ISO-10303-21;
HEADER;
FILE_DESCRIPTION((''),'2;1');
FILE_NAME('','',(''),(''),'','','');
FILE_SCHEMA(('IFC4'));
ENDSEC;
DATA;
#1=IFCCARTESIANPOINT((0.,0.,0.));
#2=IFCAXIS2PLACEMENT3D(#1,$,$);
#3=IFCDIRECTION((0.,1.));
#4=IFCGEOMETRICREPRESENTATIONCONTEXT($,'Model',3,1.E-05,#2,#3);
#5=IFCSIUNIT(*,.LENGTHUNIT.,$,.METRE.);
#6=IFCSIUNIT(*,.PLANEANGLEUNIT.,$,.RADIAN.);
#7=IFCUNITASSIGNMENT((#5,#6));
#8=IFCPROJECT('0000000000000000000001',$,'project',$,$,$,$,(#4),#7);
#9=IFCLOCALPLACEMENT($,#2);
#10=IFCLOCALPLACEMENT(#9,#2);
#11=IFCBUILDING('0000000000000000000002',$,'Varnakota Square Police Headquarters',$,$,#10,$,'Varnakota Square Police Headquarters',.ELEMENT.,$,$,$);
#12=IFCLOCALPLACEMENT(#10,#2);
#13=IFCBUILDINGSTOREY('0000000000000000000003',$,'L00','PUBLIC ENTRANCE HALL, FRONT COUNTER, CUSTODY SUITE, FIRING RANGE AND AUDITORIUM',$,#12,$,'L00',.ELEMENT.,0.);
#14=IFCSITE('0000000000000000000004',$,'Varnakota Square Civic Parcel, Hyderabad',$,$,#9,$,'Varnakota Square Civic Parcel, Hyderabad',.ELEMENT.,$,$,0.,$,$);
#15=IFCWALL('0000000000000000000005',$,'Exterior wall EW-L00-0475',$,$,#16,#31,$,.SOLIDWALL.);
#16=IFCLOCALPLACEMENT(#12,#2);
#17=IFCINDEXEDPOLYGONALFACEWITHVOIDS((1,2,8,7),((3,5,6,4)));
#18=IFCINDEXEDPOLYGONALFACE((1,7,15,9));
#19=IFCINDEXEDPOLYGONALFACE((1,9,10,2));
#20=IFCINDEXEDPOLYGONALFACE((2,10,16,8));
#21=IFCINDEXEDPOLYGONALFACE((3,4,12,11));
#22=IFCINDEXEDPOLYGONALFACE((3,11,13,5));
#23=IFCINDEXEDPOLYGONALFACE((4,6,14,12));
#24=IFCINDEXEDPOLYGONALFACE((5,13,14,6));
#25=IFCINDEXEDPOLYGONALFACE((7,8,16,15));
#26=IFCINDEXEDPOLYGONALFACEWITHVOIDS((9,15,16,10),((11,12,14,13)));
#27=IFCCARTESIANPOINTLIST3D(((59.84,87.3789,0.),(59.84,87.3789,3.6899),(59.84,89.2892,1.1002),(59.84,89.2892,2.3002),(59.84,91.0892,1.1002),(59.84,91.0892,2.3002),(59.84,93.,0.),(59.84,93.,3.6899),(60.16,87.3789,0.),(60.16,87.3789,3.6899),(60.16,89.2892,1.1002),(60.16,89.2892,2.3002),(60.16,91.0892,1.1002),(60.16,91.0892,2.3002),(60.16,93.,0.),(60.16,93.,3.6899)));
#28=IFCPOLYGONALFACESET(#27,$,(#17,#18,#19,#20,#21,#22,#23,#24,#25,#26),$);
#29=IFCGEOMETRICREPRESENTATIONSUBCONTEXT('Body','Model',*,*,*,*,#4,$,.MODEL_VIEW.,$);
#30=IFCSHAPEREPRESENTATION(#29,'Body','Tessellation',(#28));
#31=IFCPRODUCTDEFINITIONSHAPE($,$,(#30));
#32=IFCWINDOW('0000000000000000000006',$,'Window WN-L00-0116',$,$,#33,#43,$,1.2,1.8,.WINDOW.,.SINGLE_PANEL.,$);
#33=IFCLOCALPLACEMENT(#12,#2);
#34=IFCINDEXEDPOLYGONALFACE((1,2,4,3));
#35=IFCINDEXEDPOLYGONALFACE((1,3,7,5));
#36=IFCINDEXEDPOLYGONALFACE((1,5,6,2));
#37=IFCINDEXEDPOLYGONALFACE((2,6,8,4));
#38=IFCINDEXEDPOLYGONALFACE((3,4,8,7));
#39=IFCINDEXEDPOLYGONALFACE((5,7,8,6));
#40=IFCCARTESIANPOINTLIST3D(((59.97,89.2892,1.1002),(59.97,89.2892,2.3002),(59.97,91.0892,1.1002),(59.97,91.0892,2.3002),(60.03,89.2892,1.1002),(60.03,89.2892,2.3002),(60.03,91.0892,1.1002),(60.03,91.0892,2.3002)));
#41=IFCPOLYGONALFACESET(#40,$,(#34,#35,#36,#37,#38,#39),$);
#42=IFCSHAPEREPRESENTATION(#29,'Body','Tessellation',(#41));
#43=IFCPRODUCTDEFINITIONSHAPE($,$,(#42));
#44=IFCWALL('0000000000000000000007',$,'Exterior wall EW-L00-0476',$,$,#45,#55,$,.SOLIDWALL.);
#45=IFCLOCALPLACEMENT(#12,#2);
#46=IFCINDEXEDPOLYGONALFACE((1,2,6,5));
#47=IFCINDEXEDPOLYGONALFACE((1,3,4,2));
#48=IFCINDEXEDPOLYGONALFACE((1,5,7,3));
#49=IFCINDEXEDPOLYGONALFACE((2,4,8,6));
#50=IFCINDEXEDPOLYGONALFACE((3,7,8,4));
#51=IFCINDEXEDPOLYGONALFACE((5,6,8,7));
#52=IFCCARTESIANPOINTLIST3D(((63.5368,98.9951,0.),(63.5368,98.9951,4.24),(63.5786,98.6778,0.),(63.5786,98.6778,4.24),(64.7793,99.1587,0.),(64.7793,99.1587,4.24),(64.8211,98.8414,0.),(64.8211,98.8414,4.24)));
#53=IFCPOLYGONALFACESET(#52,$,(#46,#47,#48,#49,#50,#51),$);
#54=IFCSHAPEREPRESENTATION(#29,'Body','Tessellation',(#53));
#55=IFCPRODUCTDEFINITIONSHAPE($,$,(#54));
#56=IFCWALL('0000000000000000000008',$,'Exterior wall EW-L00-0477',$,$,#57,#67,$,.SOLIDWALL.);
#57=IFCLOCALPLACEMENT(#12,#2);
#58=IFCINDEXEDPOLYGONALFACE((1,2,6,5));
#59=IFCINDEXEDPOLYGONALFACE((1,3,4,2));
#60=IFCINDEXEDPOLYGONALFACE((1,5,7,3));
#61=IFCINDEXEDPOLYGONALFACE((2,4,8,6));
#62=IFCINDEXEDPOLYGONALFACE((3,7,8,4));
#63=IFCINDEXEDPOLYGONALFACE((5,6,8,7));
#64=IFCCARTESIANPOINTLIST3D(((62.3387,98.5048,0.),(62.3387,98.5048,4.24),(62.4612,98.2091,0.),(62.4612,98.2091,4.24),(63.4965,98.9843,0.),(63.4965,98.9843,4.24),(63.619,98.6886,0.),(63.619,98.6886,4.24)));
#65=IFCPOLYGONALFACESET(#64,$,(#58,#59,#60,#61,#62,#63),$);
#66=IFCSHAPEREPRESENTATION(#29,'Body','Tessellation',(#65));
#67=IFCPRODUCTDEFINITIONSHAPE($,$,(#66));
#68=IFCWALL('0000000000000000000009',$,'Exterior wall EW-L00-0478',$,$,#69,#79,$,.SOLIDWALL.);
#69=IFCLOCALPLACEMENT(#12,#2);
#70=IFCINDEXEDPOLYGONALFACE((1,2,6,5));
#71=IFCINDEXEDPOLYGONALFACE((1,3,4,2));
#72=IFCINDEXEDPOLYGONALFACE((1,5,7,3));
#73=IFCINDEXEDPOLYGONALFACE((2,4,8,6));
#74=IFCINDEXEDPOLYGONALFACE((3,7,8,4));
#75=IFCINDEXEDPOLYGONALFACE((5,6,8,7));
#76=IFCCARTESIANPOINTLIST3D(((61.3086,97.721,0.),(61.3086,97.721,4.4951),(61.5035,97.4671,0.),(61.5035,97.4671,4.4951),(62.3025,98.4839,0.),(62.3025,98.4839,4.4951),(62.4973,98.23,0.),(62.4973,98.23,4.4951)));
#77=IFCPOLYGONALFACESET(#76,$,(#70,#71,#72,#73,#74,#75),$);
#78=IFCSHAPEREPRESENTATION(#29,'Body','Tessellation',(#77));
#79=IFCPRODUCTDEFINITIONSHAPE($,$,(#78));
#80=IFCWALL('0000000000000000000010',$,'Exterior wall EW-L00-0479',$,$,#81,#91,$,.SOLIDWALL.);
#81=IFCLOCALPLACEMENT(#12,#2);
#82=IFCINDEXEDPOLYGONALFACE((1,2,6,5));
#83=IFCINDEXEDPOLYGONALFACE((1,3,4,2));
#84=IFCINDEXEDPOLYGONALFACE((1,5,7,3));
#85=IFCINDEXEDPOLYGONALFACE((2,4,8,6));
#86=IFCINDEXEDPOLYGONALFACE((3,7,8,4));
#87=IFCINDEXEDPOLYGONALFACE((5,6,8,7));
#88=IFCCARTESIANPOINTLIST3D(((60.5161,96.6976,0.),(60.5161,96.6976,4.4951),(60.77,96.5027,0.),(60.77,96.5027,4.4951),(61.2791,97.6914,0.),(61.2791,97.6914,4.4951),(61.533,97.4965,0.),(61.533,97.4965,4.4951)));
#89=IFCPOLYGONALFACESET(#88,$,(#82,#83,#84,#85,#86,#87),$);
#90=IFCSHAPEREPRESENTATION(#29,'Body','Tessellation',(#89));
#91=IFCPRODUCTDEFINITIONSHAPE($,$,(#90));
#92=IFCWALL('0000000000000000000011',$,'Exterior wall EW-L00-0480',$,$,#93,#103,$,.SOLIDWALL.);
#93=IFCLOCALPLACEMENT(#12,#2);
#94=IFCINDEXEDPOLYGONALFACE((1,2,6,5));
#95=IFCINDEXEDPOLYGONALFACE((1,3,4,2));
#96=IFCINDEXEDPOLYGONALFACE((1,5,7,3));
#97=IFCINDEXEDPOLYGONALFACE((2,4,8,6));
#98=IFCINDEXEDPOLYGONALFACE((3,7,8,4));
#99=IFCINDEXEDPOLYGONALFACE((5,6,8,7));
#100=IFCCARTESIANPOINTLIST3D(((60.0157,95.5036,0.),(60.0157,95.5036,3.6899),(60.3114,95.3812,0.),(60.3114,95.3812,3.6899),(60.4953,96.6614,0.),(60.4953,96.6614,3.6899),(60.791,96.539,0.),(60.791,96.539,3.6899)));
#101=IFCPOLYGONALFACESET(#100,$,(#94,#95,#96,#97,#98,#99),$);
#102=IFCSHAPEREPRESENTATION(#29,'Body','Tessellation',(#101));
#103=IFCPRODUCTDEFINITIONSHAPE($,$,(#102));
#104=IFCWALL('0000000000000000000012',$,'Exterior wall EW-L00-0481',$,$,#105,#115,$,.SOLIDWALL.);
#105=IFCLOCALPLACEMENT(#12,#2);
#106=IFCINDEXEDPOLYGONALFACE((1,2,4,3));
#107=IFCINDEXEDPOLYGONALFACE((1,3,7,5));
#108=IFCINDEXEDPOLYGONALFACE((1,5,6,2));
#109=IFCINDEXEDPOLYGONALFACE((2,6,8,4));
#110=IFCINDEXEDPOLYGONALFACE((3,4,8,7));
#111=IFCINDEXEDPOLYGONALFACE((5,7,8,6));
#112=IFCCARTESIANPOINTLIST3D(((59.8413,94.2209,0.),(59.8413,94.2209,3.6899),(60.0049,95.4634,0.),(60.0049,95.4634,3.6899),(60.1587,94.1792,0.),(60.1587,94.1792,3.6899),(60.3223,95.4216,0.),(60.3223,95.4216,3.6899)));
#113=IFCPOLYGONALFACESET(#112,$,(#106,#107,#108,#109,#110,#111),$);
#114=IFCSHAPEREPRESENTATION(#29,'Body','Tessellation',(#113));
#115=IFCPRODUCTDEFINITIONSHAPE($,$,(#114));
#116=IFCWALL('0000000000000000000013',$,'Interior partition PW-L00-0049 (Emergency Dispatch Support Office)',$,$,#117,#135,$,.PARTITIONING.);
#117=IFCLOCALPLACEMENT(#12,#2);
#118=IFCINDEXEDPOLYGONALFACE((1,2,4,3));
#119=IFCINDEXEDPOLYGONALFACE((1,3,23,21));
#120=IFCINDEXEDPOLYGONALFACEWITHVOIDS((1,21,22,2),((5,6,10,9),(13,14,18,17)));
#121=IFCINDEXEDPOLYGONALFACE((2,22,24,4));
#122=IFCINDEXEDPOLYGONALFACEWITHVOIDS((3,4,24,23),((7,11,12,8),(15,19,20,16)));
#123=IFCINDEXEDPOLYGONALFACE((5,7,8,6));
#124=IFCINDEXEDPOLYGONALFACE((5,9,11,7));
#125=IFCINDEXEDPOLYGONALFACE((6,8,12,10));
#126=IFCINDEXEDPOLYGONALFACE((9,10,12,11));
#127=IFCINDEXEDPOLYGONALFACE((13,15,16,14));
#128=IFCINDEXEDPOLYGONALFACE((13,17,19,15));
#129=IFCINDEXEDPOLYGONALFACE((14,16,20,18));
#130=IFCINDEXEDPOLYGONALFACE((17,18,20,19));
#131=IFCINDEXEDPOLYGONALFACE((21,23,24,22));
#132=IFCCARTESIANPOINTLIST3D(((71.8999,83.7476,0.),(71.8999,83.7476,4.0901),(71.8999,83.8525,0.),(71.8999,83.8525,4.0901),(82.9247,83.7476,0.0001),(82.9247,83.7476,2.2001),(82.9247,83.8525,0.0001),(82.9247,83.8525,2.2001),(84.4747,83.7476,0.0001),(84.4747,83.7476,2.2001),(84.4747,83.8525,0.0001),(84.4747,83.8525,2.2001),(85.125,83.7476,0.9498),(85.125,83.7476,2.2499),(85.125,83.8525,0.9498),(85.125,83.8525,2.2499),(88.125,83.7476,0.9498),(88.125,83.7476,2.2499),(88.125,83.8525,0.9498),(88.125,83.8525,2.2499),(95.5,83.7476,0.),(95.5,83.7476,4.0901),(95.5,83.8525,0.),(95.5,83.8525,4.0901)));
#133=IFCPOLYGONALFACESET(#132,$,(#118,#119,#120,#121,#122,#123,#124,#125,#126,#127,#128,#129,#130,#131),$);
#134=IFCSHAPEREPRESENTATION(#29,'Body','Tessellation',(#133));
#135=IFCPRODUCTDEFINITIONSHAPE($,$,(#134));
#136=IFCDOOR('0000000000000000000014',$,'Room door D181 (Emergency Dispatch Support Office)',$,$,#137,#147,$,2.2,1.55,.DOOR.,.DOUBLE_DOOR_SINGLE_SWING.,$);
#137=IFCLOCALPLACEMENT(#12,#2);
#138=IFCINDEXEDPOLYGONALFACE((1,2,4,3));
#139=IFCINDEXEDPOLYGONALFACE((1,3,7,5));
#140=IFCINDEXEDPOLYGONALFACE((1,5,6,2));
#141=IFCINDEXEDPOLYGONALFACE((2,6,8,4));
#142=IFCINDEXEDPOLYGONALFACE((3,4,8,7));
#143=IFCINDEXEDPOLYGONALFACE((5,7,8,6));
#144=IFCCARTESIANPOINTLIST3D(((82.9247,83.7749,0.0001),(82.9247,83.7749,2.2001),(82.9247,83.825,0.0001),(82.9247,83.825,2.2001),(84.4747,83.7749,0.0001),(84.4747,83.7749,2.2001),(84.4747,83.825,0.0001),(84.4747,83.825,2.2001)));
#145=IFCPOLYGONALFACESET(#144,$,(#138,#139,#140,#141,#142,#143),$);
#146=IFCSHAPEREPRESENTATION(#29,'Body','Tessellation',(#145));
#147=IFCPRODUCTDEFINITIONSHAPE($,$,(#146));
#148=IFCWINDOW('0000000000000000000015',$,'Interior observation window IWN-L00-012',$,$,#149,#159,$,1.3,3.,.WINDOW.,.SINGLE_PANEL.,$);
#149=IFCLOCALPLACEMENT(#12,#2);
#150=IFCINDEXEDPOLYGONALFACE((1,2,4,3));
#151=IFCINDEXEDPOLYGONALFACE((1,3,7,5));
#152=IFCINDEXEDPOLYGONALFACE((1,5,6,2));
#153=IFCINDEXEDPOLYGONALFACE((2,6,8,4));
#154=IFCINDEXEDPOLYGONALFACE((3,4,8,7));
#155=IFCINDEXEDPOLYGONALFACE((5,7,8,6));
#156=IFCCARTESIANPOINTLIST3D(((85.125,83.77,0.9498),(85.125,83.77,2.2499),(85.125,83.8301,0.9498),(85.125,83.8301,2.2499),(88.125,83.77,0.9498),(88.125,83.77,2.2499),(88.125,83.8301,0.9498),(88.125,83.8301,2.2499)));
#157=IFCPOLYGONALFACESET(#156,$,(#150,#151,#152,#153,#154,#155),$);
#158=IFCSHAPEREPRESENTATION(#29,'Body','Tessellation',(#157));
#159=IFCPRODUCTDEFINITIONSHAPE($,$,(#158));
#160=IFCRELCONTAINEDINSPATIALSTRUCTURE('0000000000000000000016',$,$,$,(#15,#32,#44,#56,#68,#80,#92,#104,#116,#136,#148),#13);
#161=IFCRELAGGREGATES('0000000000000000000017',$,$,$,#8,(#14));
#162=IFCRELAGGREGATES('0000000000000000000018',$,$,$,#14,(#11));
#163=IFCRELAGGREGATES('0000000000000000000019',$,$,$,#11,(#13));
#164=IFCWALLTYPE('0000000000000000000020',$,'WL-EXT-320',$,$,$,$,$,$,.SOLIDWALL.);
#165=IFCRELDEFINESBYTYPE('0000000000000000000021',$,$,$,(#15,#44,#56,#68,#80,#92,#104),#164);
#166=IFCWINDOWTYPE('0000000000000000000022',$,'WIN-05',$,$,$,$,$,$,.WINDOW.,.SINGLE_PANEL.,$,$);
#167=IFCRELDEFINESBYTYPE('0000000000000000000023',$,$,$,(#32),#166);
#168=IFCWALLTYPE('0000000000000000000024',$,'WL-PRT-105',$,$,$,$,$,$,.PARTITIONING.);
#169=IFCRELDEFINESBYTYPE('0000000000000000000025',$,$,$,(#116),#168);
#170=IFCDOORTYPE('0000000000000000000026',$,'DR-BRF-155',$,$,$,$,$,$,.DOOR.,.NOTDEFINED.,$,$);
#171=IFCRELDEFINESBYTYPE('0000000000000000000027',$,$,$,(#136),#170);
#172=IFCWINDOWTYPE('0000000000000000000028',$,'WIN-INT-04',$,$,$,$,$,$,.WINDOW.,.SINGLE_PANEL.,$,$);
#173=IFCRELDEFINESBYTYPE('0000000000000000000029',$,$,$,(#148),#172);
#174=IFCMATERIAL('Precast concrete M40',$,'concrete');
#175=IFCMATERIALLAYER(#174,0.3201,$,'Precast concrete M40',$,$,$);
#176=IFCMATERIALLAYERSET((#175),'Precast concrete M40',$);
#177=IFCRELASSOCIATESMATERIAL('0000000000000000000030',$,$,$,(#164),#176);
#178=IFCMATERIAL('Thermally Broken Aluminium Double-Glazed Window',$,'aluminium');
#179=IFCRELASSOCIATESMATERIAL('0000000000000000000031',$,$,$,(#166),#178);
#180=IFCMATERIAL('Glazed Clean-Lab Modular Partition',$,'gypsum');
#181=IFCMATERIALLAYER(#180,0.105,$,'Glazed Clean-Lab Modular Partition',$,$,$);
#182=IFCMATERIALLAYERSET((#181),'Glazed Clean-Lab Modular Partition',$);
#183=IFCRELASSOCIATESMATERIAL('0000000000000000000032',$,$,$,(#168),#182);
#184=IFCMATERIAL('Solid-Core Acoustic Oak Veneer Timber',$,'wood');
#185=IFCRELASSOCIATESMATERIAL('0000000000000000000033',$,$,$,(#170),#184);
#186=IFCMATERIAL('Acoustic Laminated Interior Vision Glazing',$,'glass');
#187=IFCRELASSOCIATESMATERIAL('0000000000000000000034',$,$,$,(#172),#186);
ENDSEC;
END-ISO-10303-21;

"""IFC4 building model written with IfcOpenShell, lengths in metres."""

from ifc_helpers import new_model, si_unit, direction, frame, frame_2d, origin, place, context, subcontext, project, spatial, rectangle, extrude, material, layer, layer_set, type_object, element, fill, save


model = new_model("IFC4")

# Units and contexts
model_context = context("Model", 3, precision=1e-05, world=origin(), true_north=direction((0.0, 1.0)))
body_context = subcontext(model_context, "Body", "Model", "MODEL_VIEW")
ifc_project = project(units=[si_unit("LENGTHUNIT", "METRE"), si_unit("PLANEANGLEUNIT", "RADIAN")], contexts=[model_context])

# Site, building, storey
site_placement = place(None, origin())
site = spatial("IfcSite", under=ifc_project, at=site_placement, Name="Varnakota Square Civic Parcel, Hyderabad", LongName="Varnakota Square Civic Parcel, Hyderabad", CompositionType="ELEMENT", RefElevation=0.0)
building_placement = place(site_placement, origin())
building = spatial("IfcBuilding", under=site, at=building_placement, Name="Varnakota Square Police Headquarters", LongName="Varnakota Square Police Headquarters", CompositionType="ELEMENT")
storey_placement = place(building_placement, origin())
storey = spatial("IfcBuildingStorey", under=building, at=storey_placement, Name="L00", Description="PUBLIC ENTRANCE HALL, FRONT COUNTER, CUSTODY SUITE, FIRING RANGE AND AUDITORIUM", LongName="L00", CompositionType="ELEMENT", Elevation=0.0)

# Wall, opening, window
ifc_material_1 = material(Name="Precast concrete M40", Category="concrete")
ifc_layer_1 = layer(ifc_material_1, 0.3201, Name="Precast concrete M40")
ifc_layer_set_1 = layer_set([ifc_layer_1], Name="Precast concrete M40")
wall_type_1 = type_object("IfcWallType", Name="WL-EXT-320", PredefinedType="SOLIDWALL", material=ifc_layer_set_1)
wall_1_placement = place(storey_placement, frame((60.0, 87.3789, 0.0), z_axis=(0.0, 0.0, 1.0), x_axis=(0.0, 1.0, 0.0)))
wall_1 = element("IfcWall", 1, at=wall_1_placement, inside=storey, type_object=wall_type_1, Name="Exterior wall EW-L00-0475", PredefinedType="SOLIDWALL", context=body_context, shape_type="SweptSolid", body=[
    extrude(rectangle(XDim=5.6211, YDim=0.3201, at=frame_2d((2.8105, 0.0))), origin(), (0.0, 0.0, 1.0), 3.6899),
])
opening_1_placement = place(wall_1_placement, frame((1.9104, 0.0, 1.1001)))
opening_1 = element("IfcOpeningElement", 2, at=opening_1_placement, cuts=wall_1, PredefinedType="OPENING", context=body_context, shape_type="SweptSolid", body=[
    extrude(rectangle(XDim=1.8, YDim=1.2, at=frame_2d((0.8999, 0.6001))), frame((0.0, 0.1699, 0.0), z_axis=(0.0, -1.0, 0.0), x_axis=(1.0, 0.0, 0.0)), (0.0, 0.0, 1.0), 0.3401),
])
ifc_material_2 = material(Name="Thermally Broken Aluminium Double-Glazed Window", Category="aluminium")
window_type_1 = type_object("IfcWindowType", Name="WIN-05", PartitioningType="SINGLE_PANEL", PredefinedType="WINDOW", material=ifc_material_2)
window_1_placement = place(opening_1_placement, origin())
window_1 = element("IfcWindow", 3, at=window_1_placement, inside=storey, type_object=window_type_1, Name="Window WN-L00-0116", OverallHeight=1.2, OverallWidth=1.8, PartitioningType="SINGLE_PANEL", PredefinedType="WINDOW", context=body_context, shape_type="SweptSolid", body=[
    extrude(rectangle(XDim=1.8, YDim=1.2, at=frame_2d((0.8999, 0.6001))), frame((0.0, 0.03, 0.0), z_axis=(0.0, -1.0, 0.0), x_axis=(1.0, 0.0, 0.0)), (0.0, 0.0, 1.0), 0.0601),
])
fill(opening_1, window_1)

# Walls
for number, where, z_axis, x_axis, name in (
    (4, (64.8, 99.0, 0.0), (0.0, 0.0, 1.0), (-0.991444, -0.13053, 0.0), "Exterior wall EW-L00-0476"),
    (5, (63.5576, 98.8364, 0.0), (0.0, 0.0, 1.0), (-0.923893, -0.38265, 0.0), "Exterior wall EW-L00-0477"),
):
    element("IfcWall", number, at=place(storey_placement, frame(where, z_axis=z_axis, x_axis=x_axis)), inside=storey, type_object=wall_type_1, Name=name, PredefinedType="SOLIDWALL", context=body_context, shape_type="SweptSolid", body=[
        extrude(rectangle(XDim=1.2532, YDim=0.3201, at=frame_2d((0.6265, 0.0))), origin(), (0.0, 0.0, 1.0), 4.24),
    ])
for number, where, z_axis, x_axis, name in (
    (6, (62.3999, 98.3569, 0.0), (0.0, 0.0, 1.0), (-0.793239, -0.60891, 0.0), "Exterior wall EW-L00-0478"),
    (7, (61.406, 97.594, 0.0), (0.0, 0.0, 1.0), (-0.60891, -0.793239, 0.0), "Exterior wall EW-L00-0479"),
):
    element("IfcWall", number, at=place(storey_placement, frame(where, z_axis=z_axis, x_axis=x_axis)), inside=storey, type_object=wall_type_1, Name=name, PredefinedType="SOLIDWALL", context=body_context, shape_type="SweptSolid", body=[
        extrude(rectangle(XDim=1.2529, YDim=0.3201, at=frame_2d((0.6265, 0.0))), origin(), (0.0, 0.0, 1.0), 4.4951),
    ])
for number, where, z_axis, x_axis, name in (
    (8, (60.6431, 96.6001, 0.0), (0.0, 0.0, 1.0), (-0.38265, -0.923893, 0.0), "Exterior wall EW-L00-0480"),
    (9, (60.1636, 95.4424, 0.0), (0.0, 0.0, 1.0), (-0.13053, -0.991444, 0.0), "Exterior wall EW-L00-0481"),
):
    element("IfcWall", number, at=place(storey_placement, frame(where, z_axis=z_axis, x_axis=x_axis)), inside=storey, type_object=wall_type_1, Name=name, PredefinedType="SOLIDWALL", context=body_context, shape_type="SweptSolid", body=[
        extrude(rectangle(XDim=1.2532, YDim=0.3201, at=frame_2d((0.6265, 0.0))), origin(), (0.0, 0.0, 1.0), 3.6899),
    ])

# Wall, openings, door, window
ifc_material_3 = material(Name="Glazed Clean-Lab Modular Partition", Category="gypsum")
ifc_layer_2 = layer(ifc_material_3, 0.105, Name="Glazed Clean-Lab Modular Partition")
ifc_layer_set_2 = layer_set([ifc_layer_2], Name="Glazed Clean-Lab Modular Partition")
wall_type_2 = type_object("IfcWallType", Name="WL-PRT-105", PredefinedType="PARTITIONING", material=ifc_layer_set_2)
wall_2_placement = place(storey_placement, frame((71.8999, 83.8, 0.0), z_axis=(0.0, 0.0, 1.0), x_axis=(1.0, 0.0, 0.0)))
wall_2 = element("IfcWall", 10, at=wall_2_placement, inside=storey, type_object=wall_type_2, Name="Interior partition PW-L00-0049 (Emergency Dispatch Support Office)", PredefinedType="PARTITIONING", context=body_context, shape_type="SweptSolid", body=[
    extrude(rectangle(XDim=23.6001, YDim=0.105, at=frame_2d((11.8, 0.0))), origin(), (0.0, 0.0, 1.0), 4.0901),
])
opening_2_placement = place(wall_2_placement, frame((11.0249, 0.0, 0.0)))
opening_2 = element("IfcOpeningElement", 11, at=opening_2_placement, cuts=wall_2, PredefinedType="OPENING", context=body_context, shape_type="SweptSolid", body=[
    extrude(rectangle(XDim=1.55, YDim=2.2, at=frame_2d((0.7749, 1.1001))), frame((0.0, 0.0625, 0.0), z_axis=(0.0, -1.0, 0.0), x_axis=(1.0, 0.0, 0.0)), (0.0, 0.0, 1.0), 0.125),
])
opening_3_placement = place(wall_2_placement, frame((13.2251, 0.0, 0.95)))
opening_3 = element("IfcOpeningElement", 12, at=opening_3_placement, cuts=wall_2, PredefinedType="OPENING", context=body_context, shape_type="SweptSolid", body=[
    extrude(rectangle(XDim=3.0, YDim=1.3, at=frame_2d((1.5, 0.6499))), frame((0.0, 0.0625, 0.0), z_axis=(0.0, -1.0, 0.0), x_axis=(1.0, 0.0, 0.0)), (0.0, 0.0, 1.0), 0.125),
])
ifc_material_4 = material(Name="Solid-Core Acoustic Oak Veneer Timber", Category="wood")
door_type_1 = type_object("IfcDoorType", Name="DR-BRF-155", OperationType="NOTDEFINED", PredefinedType="DOOR", material=ifc_material_4)
door_1_placement = place(opening_2_placement, origin())
door_1 = element("IfcDoor", 13, at=door_1_placement, inside=storey, type_object=door_type_1, Name="Room door D181 (Emergency Dispatch Support Office)", OperationType="DOUBLE_DOOR_SINGLE_SWING", OverallHeight=2.2, OverallWidth=1.55, PredefinedType="DOOR", context=body_context, shape_type="SweptSolid", body=[
    extrude(rectangle(XDim=1.55, YDim=2.2, at=frame_2d((0.7749, 1.1001))), frame((0.0, 0.0249, 0.0), z_axis=(0.0, -1.0, 0.0), x_axis=(1.0, 0.0, 0.0)), (0.0, 0.0, 1.0), 0.05),
])
fill(opening_2, door_1)
ifc_material_5 = material(Name="Acoustic Laminated Interior Vision Glazing", Category="glass")
window_type_2 = type_object("IfcWindowType", Name="WIN-INT-04", PartitioningType="SINGLE_PANEL", PredefinedType="WINDOW", material=ifc_material_5)
window_2_placement = place(opening_3_placement, origin())
window_2 = element("IfcWindow", 14, at=window_2_placement, inside=storey, type_object=window_type_2, Name="Interior observation window IWN-L00-012", OverallHeight=1.3, OverallWidth=3.0, PartitioningType="SINGLE_PANEL", PredefinedType="WINDOW", context=body_context, shape_type="SweptSolid", body=[
    extrude(rectangle(XDim=3.0, YDim=1.3, at=frame_2d((1.5, 0.6499))), frame((0.0, 0.03, 0.0), z_axis=(0.0, -1.0, 0.0), x_axis=(1.0, 0.0, 0.0)), (0.0, 0.0, 1.0), 0.0601),
])
fill(opening_3, window_2)

save(model, "model.ifc")
